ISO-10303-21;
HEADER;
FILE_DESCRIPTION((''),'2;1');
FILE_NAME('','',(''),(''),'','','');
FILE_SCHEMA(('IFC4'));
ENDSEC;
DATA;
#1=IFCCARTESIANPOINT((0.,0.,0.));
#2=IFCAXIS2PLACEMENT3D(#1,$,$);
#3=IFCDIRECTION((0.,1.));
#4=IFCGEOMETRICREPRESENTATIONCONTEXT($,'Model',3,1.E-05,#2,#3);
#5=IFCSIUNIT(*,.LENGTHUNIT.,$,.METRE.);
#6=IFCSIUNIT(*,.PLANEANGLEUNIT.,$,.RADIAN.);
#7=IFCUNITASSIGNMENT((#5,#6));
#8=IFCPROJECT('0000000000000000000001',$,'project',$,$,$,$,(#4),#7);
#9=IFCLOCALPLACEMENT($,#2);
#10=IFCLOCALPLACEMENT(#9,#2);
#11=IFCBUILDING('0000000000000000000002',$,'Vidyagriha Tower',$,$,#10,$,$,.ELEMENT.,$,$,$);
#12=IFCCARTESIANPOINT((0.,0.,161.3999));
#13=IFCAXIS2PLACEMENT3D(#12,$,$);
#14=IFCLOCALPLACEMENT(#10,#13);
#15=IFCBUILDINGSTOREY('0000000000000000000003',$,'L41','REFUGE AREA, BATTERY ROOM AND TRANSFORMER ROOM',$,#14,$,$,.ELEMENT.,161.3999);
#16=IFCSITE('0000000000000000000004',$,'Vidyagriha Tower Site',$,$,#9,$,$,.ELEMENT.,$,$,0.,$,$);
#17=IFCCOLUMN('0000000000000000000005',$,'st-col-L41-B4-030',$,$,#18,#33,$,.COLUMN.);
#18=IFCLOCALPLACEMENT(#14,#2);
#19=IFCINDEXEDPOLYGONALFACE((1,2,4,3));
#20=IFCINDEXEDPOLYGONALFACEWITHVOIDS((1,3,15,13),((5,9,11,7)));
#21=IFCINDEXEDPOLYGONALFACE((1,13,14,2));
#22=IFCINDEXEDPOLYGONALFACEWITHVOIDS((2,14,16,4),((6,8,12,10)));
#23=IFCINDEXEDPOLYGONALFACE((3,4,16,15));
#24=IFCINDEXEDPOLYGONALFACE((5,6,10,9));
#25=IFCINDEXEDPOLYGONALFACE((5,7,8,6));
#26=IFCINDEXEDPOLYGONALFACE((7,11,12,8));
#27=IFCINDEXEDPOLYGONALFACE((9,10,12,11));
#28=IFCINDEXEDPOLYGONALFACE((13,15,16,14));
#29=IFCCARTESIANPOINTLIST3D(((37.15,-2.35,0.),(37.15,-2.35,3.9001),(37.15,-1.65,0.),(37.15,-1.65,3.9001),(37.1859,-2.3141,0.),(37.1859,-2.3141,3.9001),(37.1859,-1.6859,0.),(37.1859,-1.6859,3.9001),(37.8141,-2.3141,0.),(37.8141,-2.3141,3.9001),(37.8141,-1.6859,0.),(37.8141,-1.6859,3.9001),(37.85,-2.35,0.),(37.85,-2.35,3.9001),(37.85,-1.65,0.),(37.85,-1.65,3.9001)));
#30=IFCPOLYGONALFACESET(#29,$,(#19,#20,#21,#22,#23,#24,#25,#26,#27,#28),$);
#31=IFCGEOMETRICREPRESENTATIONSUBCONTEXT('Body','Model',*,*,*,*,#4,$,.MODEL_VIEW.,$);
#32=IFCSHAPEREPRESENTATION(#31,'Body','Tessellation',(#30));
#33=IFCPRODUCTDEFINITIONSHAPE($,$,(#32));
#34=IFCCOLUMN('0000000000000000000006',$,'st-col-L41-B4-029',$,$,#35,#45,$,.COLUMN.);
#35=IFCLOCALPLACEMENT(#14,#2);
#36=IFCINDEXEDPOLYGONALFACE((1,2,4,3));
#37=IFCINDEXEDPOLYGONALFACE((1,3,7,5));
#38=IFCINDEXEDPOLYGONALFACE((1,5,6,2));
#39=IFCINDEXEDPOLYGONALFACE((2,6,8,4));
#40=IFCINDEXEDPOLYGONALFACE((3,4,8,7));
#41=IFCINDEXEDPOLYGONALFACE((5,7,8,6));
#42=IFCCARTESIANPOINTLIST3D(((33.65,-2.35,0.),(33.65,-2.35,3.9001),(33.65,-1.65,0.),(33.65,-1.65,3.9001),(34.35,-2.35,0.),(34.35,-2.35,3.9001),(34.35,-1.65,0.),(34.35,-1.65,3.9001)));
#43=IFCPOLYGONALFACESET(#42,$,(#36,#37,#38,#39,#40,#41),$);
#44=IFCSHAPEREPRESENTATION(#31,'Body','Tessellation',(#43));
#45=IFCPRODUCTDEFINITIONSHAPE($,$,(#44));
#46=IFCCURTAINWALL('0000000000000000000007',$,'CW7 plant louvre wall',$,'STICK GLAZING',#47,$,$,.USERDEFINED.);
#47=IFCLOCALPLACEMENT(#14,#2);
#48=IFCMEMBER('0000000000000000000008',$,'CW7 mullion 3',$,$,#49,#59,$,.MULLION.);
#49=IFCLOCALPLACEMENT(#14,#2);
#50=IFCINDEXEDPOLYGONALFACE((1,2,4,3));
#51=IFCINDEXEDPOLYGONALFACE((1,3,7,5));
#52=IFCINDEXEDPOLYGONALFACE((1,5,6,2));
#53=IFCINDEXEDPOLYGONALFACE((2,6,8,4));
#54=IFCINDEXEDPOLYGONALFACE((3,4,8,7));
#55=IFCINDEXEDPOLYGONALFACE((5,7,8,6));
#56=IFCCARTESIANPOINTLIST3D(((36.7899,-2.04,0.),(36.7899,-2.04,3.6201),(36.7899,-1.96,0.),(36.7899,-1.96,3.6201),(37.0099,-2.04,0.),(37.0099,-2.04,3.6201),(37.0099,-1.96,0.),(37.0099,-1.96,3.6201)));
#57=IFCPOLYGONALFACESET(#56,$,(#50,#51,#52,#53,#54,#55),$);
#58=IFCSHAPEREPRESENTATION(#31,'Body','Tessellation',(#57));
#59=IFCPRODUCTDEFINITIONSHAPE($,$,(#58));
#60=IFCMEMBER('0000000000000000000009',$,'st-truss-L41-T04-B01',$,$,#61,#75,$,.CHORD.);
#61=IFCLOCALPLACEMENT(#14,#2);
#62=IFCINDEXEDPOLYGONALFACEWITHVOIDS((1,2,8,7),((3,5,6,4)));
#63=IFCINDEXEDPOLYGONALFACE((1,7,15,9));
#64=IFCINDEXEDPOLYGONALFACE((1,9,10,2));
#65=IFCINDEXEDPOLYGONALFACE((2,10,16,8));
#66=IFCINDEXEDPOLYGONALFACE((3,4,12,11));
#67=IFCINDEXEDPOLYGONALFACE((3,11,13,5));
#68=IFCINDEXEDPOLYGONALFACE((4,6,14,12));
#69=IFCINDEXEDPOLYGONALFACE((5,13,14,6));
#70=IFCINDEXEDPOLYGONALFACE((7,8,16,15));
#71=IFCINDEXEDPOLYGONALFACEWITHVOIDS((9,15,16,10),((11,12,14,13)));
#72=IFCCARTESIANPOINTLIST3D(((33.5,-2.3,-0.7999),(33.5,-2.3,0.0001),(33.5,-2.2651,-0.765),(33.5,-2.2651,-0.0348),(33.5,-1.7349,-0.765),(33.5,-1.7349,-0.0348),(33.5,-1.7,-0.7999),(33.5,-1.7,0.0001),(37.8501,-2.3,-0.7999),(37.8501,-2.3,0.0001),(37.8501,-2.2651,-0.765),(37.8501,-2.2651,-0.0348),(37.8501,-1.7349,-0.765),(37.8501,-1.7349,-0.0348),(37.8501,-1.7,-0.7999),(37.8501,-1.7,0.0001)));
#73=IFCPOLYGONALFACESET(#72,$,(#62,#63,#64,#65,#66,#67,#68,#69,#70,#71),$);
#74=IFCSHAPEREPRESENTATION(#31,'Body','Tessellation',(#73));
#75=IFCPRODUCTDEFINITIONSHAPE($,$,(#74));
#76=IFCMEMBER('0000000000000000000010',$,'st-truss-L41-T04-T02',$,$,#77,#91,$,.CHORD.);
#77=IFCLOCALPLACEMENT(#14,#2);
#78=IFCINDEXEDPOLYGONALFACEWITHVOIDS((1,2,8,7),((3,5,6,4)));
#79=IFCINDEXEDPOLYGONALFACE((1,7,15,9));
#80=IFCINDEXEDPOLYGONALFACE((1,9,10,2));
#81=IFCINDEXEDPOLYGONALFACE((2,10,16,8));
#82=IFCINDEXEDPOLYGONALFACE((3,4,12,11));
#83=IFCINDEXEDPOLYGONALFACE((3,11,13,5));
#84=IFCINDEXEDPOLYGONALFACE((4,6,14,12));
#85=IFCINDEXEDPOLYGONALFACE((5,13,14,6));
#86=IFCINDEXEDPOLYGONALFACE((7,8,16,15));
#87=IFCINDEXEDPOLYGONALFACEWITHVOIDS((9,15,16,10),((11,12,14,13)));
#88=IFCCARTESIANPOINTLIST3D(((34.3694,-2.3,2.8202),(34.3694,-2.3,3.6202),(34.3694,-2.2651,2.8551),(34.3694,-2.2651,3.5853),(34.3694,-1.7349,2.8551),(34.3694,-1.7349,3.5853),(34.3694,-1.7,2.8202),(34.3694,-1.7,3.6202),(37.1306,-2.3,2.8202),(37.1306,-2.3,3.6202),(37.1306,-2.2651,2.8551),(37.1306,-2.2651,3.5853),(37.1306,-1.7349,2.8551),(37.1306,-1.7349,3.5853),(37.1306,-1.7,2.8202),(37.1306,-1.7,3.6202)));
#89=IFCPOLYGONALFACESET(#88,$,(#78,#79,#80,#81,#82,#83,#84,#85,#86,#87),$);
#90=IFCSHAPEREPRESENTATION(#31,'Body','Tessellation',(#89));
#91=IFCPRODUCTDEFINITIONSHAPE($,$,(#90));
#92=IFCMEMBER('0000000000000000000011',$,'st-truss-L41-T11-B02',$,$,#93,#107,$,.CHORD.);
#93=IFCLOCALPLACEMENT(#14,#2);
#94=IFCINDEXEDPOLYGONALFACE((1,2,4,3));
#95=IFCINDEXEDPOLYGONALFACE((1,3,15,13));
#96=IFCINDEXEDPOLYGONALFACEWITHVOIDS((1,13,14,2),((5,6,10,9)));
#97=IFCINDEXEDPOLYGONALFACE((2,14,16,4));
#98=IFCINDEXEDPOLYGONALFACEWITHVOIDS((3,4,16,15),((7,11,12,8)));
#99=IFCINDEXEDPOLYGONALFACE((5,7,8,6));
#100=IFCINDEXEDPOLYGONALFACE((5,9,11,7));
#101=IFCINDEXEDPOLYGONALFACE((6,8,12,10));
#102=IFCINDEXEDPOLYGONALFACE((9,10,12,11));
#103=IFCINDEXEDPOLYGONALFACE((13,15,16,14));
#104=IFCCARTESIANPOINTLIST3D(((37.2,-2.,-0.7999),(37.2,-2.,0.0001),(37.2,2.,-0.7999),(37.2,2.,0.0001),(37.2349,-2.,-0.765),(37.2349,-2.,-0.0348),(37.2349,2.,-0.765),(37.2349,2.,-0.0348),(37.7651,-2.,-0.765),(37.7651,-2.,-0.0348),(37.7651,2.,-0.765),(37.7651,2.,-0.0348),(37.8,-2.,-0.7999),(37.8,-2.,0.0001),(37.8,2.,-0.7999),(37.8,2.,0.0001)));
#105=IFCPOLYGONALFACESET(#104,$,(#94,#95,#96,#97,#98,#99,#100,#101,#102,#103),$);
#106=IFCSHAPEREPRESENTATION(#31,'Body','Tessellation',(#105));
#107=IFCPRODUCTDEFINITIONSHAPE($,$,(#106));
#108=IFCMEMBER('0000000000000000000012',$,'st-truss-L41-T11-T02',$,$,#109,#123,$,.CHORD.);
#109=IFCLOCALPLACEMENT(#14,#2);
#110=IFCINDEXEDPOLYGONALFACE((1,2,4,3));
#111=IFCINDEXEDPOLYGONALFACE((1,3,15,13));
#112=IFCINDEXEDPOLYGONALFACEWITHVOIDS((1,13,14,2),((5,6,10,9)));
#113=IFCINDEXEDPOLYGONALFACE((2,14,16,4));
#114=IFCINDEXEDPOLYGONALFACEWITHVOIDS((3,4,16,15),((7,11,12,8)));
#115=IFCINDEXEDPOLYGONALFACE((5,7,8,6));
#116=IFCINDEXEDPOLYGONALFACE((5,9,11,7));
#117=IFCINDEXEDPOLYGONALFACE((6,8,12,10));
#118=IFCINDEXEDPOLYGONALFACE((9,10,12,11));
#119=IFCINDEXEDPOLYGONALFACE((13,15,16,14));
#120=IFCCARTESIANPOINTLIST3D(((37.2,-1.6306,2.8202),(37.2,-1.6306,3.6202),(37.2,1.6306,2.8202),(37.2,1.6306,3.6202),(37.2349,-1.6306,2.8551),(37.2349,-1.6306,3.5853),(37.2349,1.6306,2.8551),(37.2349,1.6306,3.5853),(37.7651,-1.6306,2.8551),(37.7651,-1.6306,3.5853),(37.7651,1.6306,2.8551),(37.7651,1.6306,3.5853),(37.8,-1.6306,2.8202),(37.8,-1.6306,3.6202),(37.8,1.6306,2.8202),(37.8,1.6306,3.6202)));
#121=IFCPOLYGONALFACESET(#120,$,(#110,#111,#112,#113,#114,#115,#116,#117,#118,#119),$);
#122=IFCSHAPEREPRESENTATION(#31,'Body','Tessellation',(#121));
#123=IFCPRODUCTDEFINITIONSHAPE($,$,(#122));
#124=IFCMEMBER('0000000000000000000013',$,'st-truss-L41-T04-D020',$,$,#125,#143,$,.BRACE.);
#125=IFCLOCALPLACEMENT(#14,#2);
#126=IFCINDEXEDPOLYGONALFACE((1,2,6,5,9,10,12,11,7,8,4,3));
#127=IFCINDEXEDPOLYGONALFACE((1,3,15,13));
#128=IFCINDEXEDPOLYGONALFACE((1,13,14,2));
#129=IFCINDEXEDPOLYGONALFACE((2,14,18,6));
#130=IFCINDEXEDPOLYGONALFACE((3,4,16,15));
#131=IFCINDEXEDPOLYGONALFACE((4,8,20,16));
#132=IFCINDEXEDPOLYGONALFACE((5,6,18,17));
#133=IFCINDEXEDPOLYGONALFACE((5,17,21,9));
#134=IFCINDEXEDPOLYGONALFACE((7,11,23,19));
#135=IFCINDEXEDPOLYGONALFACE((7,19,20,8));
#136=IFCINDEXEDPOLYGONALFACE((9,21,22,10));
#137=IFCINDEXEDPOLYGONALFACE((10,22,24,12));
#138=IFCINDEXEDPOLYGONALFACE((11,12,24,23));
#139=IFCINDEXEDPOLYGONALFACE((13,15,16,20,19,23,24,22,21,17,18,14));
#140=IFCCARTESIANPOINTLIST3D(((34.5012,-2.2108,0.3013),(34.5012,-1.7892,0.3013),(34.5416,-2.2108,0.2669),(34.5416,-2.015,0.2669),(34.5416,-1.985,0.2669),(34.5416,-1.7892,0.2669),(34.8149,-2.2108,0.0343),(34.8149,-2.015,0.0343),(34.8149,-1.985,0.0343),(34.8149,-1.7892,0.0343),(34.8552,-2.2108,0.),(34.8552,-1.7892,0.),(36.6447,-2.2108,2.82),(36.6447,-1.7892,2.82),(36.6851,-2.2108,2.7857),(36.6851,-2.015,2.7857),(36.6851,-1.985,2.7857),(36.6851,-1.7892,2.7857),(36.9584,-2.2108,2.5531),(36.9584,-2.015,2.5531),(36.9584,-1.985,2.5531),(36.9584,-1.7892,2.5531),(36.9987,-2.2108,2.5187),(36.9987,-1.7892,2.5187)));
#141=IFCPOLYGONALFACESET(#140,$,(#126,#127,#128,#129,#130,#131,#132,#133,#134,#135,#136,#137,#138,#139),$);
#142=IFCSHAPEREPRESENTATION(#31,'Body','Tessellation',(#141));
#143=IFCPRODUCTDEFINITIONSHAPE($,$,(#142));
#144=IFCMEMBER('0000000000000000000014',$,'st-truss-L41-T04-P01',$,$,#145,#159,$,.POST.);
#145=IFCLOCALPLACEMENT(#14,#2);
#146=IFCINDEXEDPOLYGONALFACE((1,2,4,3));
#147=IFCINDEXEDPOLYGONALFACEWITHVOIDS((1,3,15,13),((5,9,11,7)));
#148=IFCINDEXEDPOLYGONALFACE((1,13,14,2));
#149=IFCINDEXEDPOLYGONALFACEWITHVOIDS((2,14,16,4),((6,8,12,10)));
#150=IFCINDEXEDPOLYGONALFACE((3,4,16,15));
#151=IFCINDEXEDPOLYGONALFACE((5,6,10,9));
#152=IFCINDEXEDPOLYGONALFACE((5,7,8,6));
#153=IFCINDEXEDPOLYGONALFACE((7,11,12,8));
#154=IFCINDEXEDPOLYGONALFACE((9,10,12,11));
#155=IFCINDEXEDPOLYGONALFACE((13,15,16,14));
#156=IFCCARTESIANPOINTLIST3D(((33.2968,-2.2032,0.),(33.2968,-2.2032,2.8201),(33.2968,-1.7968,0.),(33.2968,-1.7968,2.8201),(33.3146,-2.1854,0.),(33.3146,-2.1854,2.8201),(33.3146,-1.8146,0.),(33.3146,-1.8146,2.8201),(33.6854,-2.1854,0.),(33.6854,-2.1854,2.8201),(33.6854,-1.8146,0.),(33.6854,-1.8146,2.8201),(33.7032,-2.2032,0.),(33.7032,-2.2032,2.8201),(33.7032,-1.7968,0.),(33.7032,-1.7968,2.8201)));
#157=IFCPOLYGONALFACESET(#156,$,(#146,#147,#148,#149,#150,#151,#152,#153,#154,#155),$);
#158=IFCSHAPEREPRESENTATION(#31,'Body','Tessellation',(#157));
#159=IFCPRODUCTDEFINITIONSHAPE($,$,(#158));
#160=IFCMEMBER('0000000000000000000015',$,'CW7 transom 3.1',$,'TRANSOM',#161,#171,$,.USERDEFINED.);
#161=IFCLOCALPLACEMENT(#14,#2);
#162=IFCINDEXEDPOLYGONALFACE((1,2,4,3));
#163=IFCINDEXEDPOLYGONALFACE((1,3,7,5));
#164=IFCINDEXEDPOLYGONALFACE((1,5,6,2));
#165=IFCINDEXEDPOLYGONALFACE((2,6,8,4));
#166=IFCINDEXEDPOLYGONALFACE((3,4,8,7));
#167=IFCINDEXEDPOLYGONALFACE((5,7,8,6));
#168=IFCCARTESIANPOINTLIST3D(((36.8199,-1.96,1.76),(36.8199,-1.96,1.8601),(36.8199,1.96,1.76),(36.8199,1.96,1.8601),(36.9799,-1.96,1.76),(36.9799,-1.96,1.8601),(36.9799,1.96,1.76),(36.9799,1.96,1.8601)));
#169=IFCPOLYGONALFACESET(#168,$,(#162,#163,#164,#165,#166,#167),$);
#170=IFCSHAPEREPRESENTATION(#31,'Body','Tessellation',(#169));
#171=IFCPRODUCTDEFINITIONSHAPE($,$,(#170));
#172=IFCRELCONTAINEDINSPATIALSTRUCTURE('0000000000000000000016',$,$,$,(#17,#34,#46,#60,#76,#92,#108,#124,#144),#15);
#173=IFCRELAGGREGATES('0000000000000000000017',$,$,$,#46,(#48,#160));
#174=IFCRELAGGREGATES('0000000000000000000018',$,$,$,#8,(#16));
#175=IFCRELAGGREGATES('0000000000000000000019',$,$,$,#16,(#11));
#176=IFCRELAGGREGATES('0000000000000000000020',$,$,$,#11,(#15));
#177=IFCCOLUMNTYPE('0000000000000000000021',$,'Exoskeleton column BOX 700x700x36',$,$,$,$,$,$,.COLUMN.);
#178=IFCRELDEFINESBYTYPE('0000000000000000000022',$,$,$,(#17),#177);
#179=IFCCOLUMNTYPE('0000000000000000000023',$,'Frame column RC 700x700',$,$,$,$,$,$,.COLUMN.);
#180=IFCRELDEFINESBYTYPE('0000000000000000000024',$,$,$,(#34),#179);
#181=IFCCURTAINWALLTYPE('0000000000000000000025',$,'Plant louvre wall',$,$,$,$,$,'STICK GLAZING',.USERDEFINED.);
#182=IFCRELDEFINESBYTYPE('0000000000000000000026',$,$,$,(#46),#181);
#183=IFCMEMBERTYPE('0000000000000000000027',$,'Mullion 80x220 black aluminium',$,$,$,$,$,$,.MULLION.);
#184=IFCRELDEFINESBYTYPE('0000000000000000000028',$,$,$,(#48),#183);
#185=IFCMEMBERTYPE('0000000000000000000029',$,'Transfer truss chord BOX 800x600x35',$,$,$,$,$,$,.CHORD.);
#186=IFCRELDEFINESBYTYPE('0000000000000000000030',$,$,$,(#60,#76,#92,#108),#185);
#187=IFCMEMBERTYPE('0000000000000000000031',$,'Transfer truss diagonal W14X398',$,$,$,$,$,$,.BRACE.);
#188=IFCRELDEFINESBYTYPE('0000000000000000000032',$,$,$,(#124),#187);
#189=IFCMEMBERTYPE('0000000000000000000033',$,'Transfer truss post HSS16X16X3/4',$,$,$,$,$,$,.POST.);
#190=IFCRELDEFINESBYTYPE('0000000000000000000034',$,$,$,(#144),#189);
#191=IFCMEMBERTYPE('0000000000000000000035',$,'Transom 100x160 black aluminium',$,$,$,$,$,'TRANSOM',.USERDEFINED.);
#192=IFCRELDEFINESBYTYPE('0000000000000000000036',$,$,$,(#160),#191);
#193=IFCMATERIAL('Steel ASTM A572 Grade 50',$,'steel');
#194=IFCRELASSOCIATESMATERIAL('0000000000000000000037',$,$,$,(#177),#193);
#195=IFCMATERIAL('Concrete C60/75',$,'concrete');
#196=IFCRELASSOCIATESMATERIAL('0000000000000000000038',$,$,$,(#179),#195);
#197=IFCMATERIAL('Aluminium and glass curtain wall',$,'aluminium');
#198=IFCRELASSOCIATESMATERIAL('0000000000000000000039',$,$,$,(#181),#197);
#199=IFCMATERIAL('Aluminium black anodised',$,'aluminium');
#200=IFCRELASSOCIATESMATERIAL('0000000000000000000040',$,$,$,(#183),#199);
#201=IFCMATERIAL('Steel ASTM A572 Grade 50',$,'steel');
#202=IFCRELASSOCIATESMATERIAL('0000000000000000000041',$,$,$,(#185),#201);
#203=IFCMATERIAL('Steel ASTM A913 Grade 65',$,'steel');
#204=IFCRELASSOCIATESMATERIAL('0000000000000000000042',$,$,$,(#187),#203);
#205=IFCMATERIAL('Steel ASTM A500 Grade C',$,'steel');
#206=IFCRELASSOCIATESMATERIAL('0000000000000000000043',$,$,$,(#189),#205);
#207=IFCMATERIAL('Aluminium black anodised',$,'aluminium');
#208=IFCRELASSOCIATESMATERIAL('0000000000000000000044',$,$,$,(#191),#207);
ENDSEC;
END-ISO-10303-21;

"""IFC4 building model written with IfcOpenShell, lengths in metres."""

from ifc_helpers import new_model, si_unit, direction, frame, origin, origin_2d, place, context, subcontext, project, spatial, rectangle, hollow_rectangle, i_section, extrude, material, material_profile, profile_set, type_object, element, aggregate, save


model = new_model("IFC4")

# Units and contexts
model_context = context("Model", 3, precision=1e-05, world=origin(), true_north=direction((0.0, 1.0)))
body_context = subcontext(model_context, "Body", "Model", "MODEL_VIEW")
ifc_project = project(units=[si_unit("LENGTHUNIT", "METRE"), si_unit("PLANEANGLEUNIT", "RADIAN")], contexts=[model_context])

# Site, building, storey
site_placement = place(None, origin())
site = spatial("IfcSite", under=ifc_project, at=site_placement, Name="Vidyagriha Tower Site", CompositionType="ELEMENT", RefElevation=0.0)
building_placement = place(site_placement, origin())
building = spatial("IfcBuilding", under=site, at=building_placement, Name="Vidyagriha Tower", CompositionType="ELEMENT")
storey_placement = place(building_placement, frame((0.0, 0.0, 161.3999)))
storey = spatial("IfcBuildingStorey", under=building, at=storey_placement, Name="L41", Description="REFUGE AREA, BATTERY ROOM AND TRANSFORMER ROOM", CompositionType="ELEMENT", Elevation=161.3999)

# Columns
ifc_material_1 = material(Name="Steel ASTM A572 Grade 50", Category="steel")
ifc_material_profile_1 = material_profile(ifc_material_1, hollow_rectangle(XDim=0.7, YDim=0.7, WallThickness=0.0359, at=origin_2d()), Name="BOX 700x700x36")
ifc_profile_set_1 = profile_set([ifc_material_profile_1], Name="Steel ASTM A572 Grade 50")
column_type_1 = type_object("IfcColumnType", Name="Exoskeleton column BOX 700x700x36", PredefinedType="COLUMN", material=ifc_profile_set_1)
column_1_placement = place(storey_placement, frame((37.5, -2.0, 0.0)))
element("IfcColumn", 1, at=column_1_placement, inside=storey, type_object=column_type_1, Name="st-col-L41-B4-030", PredefinedType="COLUMN", context=body_context, shape_type="SweptSolid", body=[
    extrude(hollow_rectangle(XDim=0.7, YDim=0.7, WallThickness=0.0359, at=origin_2d()), origin(), (0.0, 0.0, 1.0), 3.9001),
])
ifc_material_2 = material(Name="Concrete C60/75", Category="concrete")
ifc_material_profile_2 = material_profile(ifc_material_2, rectangle(XDim=0.7, YDim=0.7, at=origin_2d()), Name="RC 700x700")
ifc_profile_set_2 = profile_set([ifc_material_profile_2], Name="Concrete C60/75")
column_type_2 = type_object("IfcColumnType", Name="Frame column RC 700x700", PredefinedType="COLUMN", material=ifc_profile_set_2)
column_2_placement = place(storey_placement, frame((34.0, -2.0, 0.0)))
element("IfcColumn", 2, at=column_2_placement, inside=storey, type_object=column_type_2, Name="st-col-L41-B4-029", PredefinedType="COLUMN", context=body_context, shape_type="SweptSolid", body=[
    extrude(rectangle(XDim=0.7, YDim=0.7, at=origin_2d()), origin(), (0.0, 0.0, 1.0), 3.9001),
])

# Curtain wall, member
ifc_material_3 = material(Name="Aluminium and glass curtain wall", Category="aluminium")
curtain_wall_type = type_object("IfcCurtainWallType", Name="Plant louvre wall", ElementType="STICK GLAZING", PredefinedType="USERDEFINED", material=ifc_material_3)
curtain_wall_placement = place(storey_placement, origin())
curtain_wall = element("IfcCurtainWall", 3, at=curtain_wall_placement, inside=storey, type_object=curtain_wall_type, Name="CW7 plant louvre wall", ObjectType="STICK GLAZING", PredefinedType="USERDEFINED")
ifc_material_4 = material(Name="Aluminium black anodised", Category="aluminium")
ifc_material_profile_3 = material_profile(ifc_material_4, rectangle(XDim=0.22, YDim=0.0801, at=origin_2d()), Name="Mullion 80x220 black aluminium")
ifc_profile_set_3 = profile_set([ifc_material_profile_3], Name="Aluminium black anodised")
member_type_1 = type_object("IfcMemberType", Name="Mullion 80x220 black aluminium", PredefinedType="MULLION", material=ifc_profile_set_3)
member_1_placement = place(storey_placement, frame((36.8999, -2.0, 0.0), z_axis=(0.0, 0.0, 1.0), x_axis=(-1.0, 0.0, 0.0)))
member_1 = element("IfcMember", 4, at=member_1_placement, type_object=member_type_1, Name="CW7 mullion 3", PredefinedType="MULLION", context=body_context, shape_type="SweptSolid", body=[
    extrude(rectangle(XDim=0.22, YDim=0.0801, at=origin_2d()), origin(), (0.0, 0.0, 1.0), 3.6201),
])

# Members
ifc_material_5 = material(Name="Steel ASTM A572 Grade 50", Category="steel")
ifc_material_profile_4 = material_profile(ifc_material_5, hollow_rectangle(XDim=0.6001, YDim=0.8, WallThickness=0.0349, at=origin_2d()), Name="BOX 800x600x35")
ifc_profile_set_4 = profile_set([ifc_material_profile_4], Name="Steel ASTM A572 Grade 50")
member_type_2 = type_object("IfcMemberType", Name="Transfer truss chord BOX 800x600x35", PredefinedType="CHORD", material=ifc_profile_set_4)
member_2_placement = place(storey_placement, frame((33.5, -2.0, -0.3999), z_axis=(1.0, 0.0, 0.0), x_axis=(0.0, 1.0, 0.0)))
element("IfcMember", 5, at=member_2_placement, inside=storey, type_object=member_type_2, Name="st-truss-L41-T04-B01", PredefinedType="CHORD", context=body_context, shape_type="SweptSolid", body=[
    extrude(hollow_rectangle(XDim=0.6001, YDim=0.8, WallThickness=0.0349, at=origin_2d()), origin(), (0.0, 0.0, 1.0), 4.3501),
])
member_3_placement = place(storey_placement, frame((34.3694, -2.0, 3.2202), z_axis=(1.0, 0.0, 0.0), x_axis=(0.0, 1.0, 0.0)))
element("IfcMember", 6, at=member_3_placement, inside=storey, type_object=member_type_2, Name="st-truss-L41-T04-T02", PredefinedType="CHORD", context=body_context, shape_type="SweptSolid", body=[
    extrude(hollow_rectangle(XDim=0.6001, YDim=0.8, WallThickness=0.0349, at=origin_2d()), origin(), (0.0, 0.0, 1.0), 2.7612),
])
member_4_placement = place(storey_placement, frame((37.5, -2.0, -0.3999), z_axis=(0.0, 1.0, 0.0), x_axis=(-1.0, 0.0, 0.0)))
element("IfcMember", 7, at=member_4_placement, inside=storey, type_object=member_type_2, Name="st-truss-L41-T11-B02", PredefinedType="CHORD", context=body_context, shape_type="SweptSolid", body=[
    extrude(hollow_rectangle(XDim=0.6001, YDim=0.8, WallThickness=0.0349, at=origin_2d()), origin(), (0.0, 0.0, 1.0), 4.0),
])
member_5_placement = place(storey_placement, frame((37.5, -1.6306, 3.2202), z_axis=(0.0, 1.0, 0.0), x_axis=(-1.0, 0.0, 0.0)))
element("IfcMember", 8, at=member_5_placement, inside=storey, type_object=member_type_2, Name="st-truss-L41-T11-T02", PredefinedType="CHORD", context=body_context, shape_type="SweptSolid", body=[
    extrude(hollow_rectangle(XDim=0.6001, YDim=0.8, WallThickness=0.0349, at=origin_2d()), origin(), (0.0, 0.0, 1.0), 3.2612),
])
ifc_material_6 = material(Name="Steel ASTM A913 Grade 65", Category="steel")
ifc_material_profile_5 = material_profile(ifc_material_6, i_section(OverallWidth=0.4216, OverallDepth=0.4648, WebThickness=0.03, FlangeThickness=0.053, at=origin_2d()), Name="W14X398")
ifc_profile_set_5 = profile_set([ifc_material_profile_5], Name="Steel ASTM A913 Grade 65")
member_type_3 = type_object("IfcMemberType", Name="Transfer truss diagonal W14X398", PredefinedType="BRACE", material=ifc_profile_set_5)
member_6_placement = place(storey_placement, frame((34.6782, -2.0, 0.1506), z_axis=(0.6481, 0.0, 0.761555), x_axis=(0.0, 1.0, 0.0)))
element("IfcMember", 9, at=member_6_placement, inside=storey, type_object=member_type_3, Name="st-truss-L41-T04-D020", PredefinedType="BRACE", context=body_context, shape_type="SweptSolid", body=[
    extrude(i_section(OverallWidth=0.4216, OverallDepth=0.4648, WebThickness=0.03, FlangeThickness=0.053, at=origin_2d()), origin(), (0.0, 0.0, 1.0), 3.3074),
])
ifc_material_7 = material(Name="Steel ASTM A500 Grade C", Category="steel")
ifc_material_profile_6 = material_profile(ifc_material_7, hollow_rectangle(XDim=0.4065, YDim=0.4065, WallThickness=0.0178, at=origin_2d()), Name="HSS16X16X3/4")
ifc_profile_set_6 = profile_set([ifc_material_profile_6], Name="Steel ASTM A500 Grade C")
member_type_4 = type_object("IfcMemberType", Name="Transfer truss post HSS16X16X3/4", PredefinedType="POST", material=ifc_profile_set_6)
member_7_placement = place(storey_placement, frame((33.5, -2.0, 0.0)))
element("IfcMember", 10, at=member_7_placement, inside=storey, type_object=member_type_4, Name="st-truss-L41-T04-P01", PredefinedType="POST", context=body_context, shape_type="SweptSolid", body=[
    extrude(hollow_rectangle(XDim=0.4065, YDim=0.4065, WallThickness=0.0178, at=origin_2d()), origin(), (0.0, 0.0, 1.0), 2.8201),
])

# Member
ifc_material_8 = material(Name="Aluminium black anodised", Category="aluminium")
ifc_material_profile_7 = material_profile(ifc_material_8, rectangle(XDim=0.1599, YDim=0.1001, at=origin_2d()), Name="Transom 100x160 black aluminium")
ifc_profile_set_7 = profile_set([ifc_material_profile_7], Name="Aluminium black anodised")
member_type_5 = type_object("IfcMemberType", Name="Transom 100x160 black aluminium", ElementType="TRANSOM", PredefinedType="USERDEFINED", material=ifc_profile_set_7)
member_8_placement = place(storey_placement, frame((36.8999, -1.96, 1.8101), z_axis=(0.0, 1.0, 0.0), x_axis=(-1.0, 0.0, 0.0)))
member_8 = element("IfcMember", 11, at=member_8_placement, type_object=member_type_5, Name="CW7 transom 3.1", ObjectType="TRANSOM", PredefinedType="USERDEFINED", context=body_context, shape_type="SweptSolid", body=[
    extrude(rectangle(XDim=0.1599, YDim=0.1001, at=origin_2d()), origin(), (0.0, 0.0, 1.0), 3.9199),
])

aggregate(curtain_wall, [member_1, member_8])

save(model, "model.ifc")
